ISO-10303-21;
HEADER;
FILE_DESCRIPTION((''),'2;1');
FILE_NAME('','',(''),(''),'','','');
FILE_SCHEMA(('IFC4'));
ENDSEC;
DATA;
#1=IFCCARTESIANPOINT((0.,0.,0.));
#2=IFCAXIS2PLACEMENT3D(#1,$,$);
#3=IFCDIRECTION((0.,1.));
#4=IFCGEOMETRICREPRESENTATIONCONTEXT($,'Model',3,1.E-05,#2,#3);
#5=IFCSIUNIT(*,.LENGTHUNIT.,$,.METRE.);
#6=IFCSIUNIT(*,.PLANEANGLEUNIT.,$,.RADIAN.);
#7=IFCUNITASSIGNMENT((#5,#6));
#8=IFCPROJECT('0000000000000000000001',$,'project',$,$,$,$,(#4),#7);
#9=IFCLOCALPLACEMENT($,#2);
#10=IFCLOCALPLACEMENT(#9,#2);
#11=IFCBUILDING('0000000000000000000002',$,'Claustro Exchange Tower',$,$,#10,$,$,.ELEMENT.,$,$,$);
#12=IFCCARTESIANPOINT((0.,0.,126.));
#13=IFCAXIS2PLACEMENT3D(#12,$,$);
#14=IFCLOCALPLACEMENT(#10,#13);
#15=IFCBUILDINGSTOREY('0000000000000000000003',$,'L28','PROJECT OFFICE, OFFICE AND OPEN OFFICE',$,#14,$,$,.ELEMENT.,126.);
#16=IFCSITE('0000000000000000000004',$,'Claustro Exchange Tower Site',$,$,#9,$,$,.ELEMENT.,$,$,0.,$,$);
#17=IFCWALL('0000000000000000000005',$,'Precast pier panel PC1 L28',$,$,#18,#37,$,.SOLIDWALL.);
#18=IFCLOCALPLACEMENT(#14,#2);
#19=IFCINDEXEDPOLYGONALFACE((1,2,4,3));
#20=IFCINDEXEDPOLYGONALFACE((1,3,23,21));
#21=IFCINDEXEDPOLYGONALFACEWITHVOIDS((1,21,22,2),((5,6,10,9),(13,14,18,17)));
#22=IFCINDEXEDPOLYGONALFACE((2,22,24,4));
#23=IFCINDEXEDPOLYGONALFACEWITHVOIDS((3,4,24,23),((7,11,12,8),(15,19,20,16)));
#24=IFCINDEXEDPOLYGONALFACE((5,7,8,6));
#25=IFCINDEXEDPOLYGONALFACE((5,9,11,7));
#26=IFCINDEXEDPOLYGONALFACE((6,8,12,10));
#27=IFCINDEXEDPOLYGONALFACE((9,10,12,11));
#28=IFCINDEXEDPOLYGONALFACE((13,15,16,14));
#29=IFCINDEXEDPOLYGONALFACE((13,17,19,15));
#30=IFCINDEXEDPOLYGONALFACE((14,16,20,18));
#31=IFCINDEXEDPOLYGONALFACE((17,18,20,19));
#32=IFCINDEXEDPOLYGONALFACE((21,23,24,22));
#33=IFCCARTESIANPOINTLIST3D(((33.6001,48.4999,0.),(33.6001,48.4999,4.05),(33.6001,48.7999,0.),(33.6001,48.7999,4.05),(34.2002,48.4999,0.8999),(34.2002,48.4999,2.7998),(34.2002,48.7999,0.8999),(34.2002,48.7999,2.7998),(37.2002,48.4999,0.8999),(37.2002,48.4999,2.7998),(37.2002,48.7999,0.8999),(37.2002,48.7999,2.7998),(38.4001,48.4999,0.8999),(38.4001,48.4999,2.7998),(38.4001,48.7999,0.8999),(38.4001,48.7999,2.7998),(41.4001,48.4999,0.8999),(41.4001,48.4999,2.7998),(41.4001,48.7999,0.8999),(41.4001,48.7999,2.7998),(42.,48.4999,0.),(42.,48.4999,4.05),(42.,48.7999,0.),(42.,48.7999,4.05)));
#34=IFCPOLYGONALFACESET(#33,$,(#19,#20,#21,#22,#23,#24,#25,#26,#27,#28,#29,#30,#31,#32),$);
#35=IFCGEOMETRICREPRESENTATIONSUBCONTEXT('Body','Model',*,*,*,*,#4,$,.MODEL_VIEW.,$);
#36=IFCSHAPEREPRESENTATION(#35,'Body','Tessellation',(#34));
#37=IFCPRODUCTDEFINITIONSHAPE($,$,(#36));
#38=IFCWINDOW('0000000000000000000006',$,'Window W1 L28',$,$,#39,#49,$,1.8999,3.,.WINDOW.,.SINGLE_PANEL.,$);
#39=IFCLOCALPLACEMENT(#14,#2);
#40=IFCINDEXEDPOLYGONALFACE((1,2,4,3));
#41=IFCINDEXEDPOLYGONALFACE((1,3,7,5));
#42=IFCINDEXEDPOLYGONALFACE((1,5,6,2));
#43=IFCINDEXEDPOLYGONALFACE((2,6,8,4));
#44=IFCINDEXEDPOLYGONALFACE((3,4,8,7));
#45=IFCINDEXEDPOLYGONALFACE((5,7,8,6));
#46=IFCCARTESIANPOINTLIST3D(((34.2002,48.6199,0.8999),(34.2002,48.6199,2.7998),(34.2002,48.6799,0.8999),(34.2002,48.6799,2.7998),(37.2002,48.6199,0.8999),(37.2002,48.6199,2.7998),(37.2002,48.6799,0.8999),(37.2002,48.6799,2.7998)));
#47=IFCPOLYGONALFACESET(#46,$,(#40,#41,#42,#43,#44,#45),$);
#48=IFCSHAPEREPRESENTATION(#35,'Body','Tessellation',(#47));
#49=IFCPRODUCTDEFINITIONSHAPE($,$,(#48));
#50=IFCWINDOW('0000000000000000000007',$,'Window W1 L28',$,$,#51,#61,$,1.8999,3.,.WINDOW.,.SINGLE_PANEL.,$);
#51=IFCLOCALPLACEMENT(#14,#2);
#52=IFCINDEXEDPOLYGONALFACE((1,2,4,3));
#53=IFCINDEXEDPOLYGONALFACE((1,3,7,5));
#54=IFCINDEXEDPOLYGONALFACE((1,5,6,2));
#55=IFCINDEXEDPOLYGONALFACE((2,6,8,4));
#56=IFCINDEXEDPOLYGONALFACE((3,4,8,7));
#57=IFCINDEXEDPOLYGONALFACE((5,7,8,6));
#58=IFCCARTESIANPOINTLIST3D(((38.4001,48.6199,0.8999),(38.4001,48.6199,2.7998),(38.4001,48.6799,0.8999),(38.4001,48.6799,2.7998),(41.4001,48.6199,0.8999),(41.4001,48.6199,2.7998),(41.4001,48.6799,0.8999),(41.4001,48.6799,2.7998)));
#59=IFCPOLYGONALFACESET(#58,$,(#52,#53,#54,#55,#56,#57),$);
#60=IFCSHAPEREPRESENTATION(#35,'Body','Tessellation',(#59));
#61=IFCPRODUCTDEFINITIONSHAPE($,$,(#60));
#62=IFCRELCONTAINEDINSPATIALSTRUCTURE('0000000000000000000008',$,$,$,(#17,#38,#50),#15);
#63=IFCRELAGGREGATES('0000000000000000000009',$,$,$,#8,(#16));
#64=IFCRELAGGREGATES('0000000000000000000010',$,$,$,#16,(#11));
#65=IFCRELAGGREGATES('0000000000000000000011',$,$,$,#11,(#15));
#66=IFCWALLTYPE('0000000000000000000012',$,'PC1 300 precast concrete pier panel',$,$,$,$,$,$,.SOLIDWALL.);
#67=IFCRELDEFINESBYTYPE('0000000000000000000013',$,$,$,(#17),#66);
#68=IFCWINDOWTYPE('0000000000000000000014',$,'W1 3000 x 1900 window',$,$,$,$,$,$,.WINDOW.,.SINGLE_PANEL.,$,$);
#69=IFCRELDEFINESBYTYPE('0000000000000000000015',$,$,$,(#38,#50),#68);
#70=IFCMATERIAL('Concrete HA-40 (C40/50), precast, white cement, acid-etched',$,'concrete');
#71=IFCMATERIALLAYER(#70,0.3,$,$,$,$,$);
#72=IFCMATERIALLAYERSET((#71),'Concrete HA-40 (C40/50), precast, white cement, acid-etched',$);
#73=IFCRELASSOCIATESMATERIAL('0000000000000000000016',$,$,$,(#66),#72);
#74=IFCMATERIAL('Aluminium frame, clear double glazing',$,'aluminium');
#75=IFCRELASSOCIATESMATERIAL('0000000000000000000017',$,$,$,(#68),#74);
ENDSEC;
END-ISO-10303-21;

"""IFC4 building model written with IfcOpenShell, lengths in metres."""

from ifc_helpers import new_model, si_unit, direction, frame, frame_2d, origin, place, context, subcontext, project, spatial, rectangle, extrude, material, layer, layer_set, type_object, element, fill, save


model = new_model("IFC4")

# Units and contexts
model_context = context("Model", 3, precision=1e-05, world=origin(), true_north=direction((0.0, 1.0)))
body_context = subcontext(model_context, "Body", "Model", "MODEL_VIEW")
ifc_project = project(units=[si_unit("LENGTHUNIT", "METRE"), si_unit("PLANEANGLEUNIT", "RADIAN")], contexts=[model_context])

# Site, building, storey
site_placement = place(None, origin())
site = spatial("IfcSite", under=ifc_project, at=site_placement, Name="Claustro Exchange Tower Site", CompositionType="ELEMENT", RefElevation=0.0)
building_placement = place(site_placement, origin())
building = spatial("IfcBuilding", under=site, at=building_placement, Name="Claustro Exchange Tower", CompositionType="ELEMENT")
storey_placement = place(building_placement, frame((0.0, 0.0, 126.0)))
storey = spatial("IfcBuildingStorey", under=building, at=storey_placement, Name="L28", Description="PROJECT OFFICE, OFFICE AND OPEN OFFICE", CompositionType="ELEMENT", Elevation=126.0)

# Wall, openings, windows
ifc_material_1 = material(Name="Concrete HA-40 (C40/50), precast, white cement, acid-etched", Category="concrete")
ifc_layer_1 = layer(ifc_material_1, 0.3)
ifc_layer_set_1 = layer_set([ifc_layer_1], Name="Concrete HA-40 (C40/50), precast, white cement, acid-etched")
wall_type_1 = type_object("IfcWallType", Name="PC1 300 precast concrete pier panel", PredefinedType="SOLIDWALL", material=ifc_layer_set_1)
ifc_material_2 = material(Name="Aluminium frame, clear double glazing", Category="aluminium")
window_type = type_object("IfcWindowType", Name="W1 3000 x 1900 window", PartitioningType="SINGLE_PANEL", PredefinedType="WINDOW", material=ifc_material_2)
wall_1_placement = place(storey_placement, frame((33.6001, 48.6499, 0.0), z_axis=(0.0, 0.0, 1.0), x_axis=(1.0, 0.0, 0.0)))
wall_1 = element("IfcWall", 1, at=wall_1_placement, inside=storey, type_object=wall_type_1, Name="Precast pier panel PC1 L28", PredefinedType="SOLIDWALL", context=body_context, shape_type="SweptSolid", body=[
    extrude(rectangle(XDim=8.3999, YDim=0.3, at=frame_2d((4.2, 0.0))), origin(), (0.0, 0.0, 1.0), 4.05),
])
opening_1_placement = place(wall_1_placement, frame((0.6001, 0.0, 0.8999)))
opening_1 = element("IfcOpeningElement", 2, at=opening_1_placement, cuts=wall_1, PredefinedType="OPENING", context=body_context, shape_type="SweptSolid", body=[
    extrude(rectangle(XDim=3.0, YDim=1.8999, at=frame_2d((1.5, 0.95))), frame((0.0, 0.1599, 0.0), z_axis=(0.0, -1.0, 0.0), x_axis=(1.0, 0.0, 0.0)), (0.0, 0.0, 1.0), 0.3201),
])
opening_2_placement = place(wall_1_placement, frame((4.8, 0.0, 0.8999)))
opening_2 = element("IfcOpeningElement", 3, at=opening_2_placement, cuts=wall_1, PredefinedType="OPENING", context=body_context, shape_type="SweptSolid", body=[
    extrude(rectangle(XDim=3.0, YDim=1.8999, at=frame_2d((1.5, 0.95))), frame((0.0, 0.1599, 0.0), z_axis=(0.0, -1.0, 0.0), x_axis=(1.0, 0.0, 0.0)), (0.0, 0.0, 1.0), 0.3201),
])
window_1_placement = place(opening_1_placement, origin())
window_1 = element("IfcWindow", 4, at=window_1_placement, inside=storey, type_object=window_type, Name="Window W1 L28", OverallHeight=1.8999, OverallWidth=3.0, PartitioningType="SINGLE_PANEL", PredefinedType="WINDOW", context=body_context, shape_type="SweptSolid", body=[
    extrude(rectangle(XDim=3.0, YDim=1.8999, at=frame_2d((1.5, 0.95))), frame((0.0, 0.03, 0.0), z_axis=(0.0, -1.0, 0.0), x_axis=(1.0, 0.0, 0.0)), (0.0, 0.0, 1.0), 0.0601),
])
fill(opening_1, window_1)
window_2_placement = place(opening_2_placement, origin())
window_2 = element("IfcWindow", 5, at=window_2_placement, inside=storey, type_object=window_type, Name="Window W1 L28", OverallHeight=1.8999, OverallWidth=3.0, PartitioningType="SINGLE_PANEL", PredefinedType="WINDOW", context=body_context, shape_type="SweptSolid", body=[
    extrude(rectangle(XDim=3.0, YDim=1.8999, at=frame_2d((1.5, 0.95))), frame((0.0, 0.03, 0.0), z_axis=(0.0, -1.0, 0.0), x_axis=(1.0, 0.0, 0.0)), (0.0, 0.0, 1.0), 0.0601),
])
fill(opening_2, window_2)

save(model, "model.ifc")
